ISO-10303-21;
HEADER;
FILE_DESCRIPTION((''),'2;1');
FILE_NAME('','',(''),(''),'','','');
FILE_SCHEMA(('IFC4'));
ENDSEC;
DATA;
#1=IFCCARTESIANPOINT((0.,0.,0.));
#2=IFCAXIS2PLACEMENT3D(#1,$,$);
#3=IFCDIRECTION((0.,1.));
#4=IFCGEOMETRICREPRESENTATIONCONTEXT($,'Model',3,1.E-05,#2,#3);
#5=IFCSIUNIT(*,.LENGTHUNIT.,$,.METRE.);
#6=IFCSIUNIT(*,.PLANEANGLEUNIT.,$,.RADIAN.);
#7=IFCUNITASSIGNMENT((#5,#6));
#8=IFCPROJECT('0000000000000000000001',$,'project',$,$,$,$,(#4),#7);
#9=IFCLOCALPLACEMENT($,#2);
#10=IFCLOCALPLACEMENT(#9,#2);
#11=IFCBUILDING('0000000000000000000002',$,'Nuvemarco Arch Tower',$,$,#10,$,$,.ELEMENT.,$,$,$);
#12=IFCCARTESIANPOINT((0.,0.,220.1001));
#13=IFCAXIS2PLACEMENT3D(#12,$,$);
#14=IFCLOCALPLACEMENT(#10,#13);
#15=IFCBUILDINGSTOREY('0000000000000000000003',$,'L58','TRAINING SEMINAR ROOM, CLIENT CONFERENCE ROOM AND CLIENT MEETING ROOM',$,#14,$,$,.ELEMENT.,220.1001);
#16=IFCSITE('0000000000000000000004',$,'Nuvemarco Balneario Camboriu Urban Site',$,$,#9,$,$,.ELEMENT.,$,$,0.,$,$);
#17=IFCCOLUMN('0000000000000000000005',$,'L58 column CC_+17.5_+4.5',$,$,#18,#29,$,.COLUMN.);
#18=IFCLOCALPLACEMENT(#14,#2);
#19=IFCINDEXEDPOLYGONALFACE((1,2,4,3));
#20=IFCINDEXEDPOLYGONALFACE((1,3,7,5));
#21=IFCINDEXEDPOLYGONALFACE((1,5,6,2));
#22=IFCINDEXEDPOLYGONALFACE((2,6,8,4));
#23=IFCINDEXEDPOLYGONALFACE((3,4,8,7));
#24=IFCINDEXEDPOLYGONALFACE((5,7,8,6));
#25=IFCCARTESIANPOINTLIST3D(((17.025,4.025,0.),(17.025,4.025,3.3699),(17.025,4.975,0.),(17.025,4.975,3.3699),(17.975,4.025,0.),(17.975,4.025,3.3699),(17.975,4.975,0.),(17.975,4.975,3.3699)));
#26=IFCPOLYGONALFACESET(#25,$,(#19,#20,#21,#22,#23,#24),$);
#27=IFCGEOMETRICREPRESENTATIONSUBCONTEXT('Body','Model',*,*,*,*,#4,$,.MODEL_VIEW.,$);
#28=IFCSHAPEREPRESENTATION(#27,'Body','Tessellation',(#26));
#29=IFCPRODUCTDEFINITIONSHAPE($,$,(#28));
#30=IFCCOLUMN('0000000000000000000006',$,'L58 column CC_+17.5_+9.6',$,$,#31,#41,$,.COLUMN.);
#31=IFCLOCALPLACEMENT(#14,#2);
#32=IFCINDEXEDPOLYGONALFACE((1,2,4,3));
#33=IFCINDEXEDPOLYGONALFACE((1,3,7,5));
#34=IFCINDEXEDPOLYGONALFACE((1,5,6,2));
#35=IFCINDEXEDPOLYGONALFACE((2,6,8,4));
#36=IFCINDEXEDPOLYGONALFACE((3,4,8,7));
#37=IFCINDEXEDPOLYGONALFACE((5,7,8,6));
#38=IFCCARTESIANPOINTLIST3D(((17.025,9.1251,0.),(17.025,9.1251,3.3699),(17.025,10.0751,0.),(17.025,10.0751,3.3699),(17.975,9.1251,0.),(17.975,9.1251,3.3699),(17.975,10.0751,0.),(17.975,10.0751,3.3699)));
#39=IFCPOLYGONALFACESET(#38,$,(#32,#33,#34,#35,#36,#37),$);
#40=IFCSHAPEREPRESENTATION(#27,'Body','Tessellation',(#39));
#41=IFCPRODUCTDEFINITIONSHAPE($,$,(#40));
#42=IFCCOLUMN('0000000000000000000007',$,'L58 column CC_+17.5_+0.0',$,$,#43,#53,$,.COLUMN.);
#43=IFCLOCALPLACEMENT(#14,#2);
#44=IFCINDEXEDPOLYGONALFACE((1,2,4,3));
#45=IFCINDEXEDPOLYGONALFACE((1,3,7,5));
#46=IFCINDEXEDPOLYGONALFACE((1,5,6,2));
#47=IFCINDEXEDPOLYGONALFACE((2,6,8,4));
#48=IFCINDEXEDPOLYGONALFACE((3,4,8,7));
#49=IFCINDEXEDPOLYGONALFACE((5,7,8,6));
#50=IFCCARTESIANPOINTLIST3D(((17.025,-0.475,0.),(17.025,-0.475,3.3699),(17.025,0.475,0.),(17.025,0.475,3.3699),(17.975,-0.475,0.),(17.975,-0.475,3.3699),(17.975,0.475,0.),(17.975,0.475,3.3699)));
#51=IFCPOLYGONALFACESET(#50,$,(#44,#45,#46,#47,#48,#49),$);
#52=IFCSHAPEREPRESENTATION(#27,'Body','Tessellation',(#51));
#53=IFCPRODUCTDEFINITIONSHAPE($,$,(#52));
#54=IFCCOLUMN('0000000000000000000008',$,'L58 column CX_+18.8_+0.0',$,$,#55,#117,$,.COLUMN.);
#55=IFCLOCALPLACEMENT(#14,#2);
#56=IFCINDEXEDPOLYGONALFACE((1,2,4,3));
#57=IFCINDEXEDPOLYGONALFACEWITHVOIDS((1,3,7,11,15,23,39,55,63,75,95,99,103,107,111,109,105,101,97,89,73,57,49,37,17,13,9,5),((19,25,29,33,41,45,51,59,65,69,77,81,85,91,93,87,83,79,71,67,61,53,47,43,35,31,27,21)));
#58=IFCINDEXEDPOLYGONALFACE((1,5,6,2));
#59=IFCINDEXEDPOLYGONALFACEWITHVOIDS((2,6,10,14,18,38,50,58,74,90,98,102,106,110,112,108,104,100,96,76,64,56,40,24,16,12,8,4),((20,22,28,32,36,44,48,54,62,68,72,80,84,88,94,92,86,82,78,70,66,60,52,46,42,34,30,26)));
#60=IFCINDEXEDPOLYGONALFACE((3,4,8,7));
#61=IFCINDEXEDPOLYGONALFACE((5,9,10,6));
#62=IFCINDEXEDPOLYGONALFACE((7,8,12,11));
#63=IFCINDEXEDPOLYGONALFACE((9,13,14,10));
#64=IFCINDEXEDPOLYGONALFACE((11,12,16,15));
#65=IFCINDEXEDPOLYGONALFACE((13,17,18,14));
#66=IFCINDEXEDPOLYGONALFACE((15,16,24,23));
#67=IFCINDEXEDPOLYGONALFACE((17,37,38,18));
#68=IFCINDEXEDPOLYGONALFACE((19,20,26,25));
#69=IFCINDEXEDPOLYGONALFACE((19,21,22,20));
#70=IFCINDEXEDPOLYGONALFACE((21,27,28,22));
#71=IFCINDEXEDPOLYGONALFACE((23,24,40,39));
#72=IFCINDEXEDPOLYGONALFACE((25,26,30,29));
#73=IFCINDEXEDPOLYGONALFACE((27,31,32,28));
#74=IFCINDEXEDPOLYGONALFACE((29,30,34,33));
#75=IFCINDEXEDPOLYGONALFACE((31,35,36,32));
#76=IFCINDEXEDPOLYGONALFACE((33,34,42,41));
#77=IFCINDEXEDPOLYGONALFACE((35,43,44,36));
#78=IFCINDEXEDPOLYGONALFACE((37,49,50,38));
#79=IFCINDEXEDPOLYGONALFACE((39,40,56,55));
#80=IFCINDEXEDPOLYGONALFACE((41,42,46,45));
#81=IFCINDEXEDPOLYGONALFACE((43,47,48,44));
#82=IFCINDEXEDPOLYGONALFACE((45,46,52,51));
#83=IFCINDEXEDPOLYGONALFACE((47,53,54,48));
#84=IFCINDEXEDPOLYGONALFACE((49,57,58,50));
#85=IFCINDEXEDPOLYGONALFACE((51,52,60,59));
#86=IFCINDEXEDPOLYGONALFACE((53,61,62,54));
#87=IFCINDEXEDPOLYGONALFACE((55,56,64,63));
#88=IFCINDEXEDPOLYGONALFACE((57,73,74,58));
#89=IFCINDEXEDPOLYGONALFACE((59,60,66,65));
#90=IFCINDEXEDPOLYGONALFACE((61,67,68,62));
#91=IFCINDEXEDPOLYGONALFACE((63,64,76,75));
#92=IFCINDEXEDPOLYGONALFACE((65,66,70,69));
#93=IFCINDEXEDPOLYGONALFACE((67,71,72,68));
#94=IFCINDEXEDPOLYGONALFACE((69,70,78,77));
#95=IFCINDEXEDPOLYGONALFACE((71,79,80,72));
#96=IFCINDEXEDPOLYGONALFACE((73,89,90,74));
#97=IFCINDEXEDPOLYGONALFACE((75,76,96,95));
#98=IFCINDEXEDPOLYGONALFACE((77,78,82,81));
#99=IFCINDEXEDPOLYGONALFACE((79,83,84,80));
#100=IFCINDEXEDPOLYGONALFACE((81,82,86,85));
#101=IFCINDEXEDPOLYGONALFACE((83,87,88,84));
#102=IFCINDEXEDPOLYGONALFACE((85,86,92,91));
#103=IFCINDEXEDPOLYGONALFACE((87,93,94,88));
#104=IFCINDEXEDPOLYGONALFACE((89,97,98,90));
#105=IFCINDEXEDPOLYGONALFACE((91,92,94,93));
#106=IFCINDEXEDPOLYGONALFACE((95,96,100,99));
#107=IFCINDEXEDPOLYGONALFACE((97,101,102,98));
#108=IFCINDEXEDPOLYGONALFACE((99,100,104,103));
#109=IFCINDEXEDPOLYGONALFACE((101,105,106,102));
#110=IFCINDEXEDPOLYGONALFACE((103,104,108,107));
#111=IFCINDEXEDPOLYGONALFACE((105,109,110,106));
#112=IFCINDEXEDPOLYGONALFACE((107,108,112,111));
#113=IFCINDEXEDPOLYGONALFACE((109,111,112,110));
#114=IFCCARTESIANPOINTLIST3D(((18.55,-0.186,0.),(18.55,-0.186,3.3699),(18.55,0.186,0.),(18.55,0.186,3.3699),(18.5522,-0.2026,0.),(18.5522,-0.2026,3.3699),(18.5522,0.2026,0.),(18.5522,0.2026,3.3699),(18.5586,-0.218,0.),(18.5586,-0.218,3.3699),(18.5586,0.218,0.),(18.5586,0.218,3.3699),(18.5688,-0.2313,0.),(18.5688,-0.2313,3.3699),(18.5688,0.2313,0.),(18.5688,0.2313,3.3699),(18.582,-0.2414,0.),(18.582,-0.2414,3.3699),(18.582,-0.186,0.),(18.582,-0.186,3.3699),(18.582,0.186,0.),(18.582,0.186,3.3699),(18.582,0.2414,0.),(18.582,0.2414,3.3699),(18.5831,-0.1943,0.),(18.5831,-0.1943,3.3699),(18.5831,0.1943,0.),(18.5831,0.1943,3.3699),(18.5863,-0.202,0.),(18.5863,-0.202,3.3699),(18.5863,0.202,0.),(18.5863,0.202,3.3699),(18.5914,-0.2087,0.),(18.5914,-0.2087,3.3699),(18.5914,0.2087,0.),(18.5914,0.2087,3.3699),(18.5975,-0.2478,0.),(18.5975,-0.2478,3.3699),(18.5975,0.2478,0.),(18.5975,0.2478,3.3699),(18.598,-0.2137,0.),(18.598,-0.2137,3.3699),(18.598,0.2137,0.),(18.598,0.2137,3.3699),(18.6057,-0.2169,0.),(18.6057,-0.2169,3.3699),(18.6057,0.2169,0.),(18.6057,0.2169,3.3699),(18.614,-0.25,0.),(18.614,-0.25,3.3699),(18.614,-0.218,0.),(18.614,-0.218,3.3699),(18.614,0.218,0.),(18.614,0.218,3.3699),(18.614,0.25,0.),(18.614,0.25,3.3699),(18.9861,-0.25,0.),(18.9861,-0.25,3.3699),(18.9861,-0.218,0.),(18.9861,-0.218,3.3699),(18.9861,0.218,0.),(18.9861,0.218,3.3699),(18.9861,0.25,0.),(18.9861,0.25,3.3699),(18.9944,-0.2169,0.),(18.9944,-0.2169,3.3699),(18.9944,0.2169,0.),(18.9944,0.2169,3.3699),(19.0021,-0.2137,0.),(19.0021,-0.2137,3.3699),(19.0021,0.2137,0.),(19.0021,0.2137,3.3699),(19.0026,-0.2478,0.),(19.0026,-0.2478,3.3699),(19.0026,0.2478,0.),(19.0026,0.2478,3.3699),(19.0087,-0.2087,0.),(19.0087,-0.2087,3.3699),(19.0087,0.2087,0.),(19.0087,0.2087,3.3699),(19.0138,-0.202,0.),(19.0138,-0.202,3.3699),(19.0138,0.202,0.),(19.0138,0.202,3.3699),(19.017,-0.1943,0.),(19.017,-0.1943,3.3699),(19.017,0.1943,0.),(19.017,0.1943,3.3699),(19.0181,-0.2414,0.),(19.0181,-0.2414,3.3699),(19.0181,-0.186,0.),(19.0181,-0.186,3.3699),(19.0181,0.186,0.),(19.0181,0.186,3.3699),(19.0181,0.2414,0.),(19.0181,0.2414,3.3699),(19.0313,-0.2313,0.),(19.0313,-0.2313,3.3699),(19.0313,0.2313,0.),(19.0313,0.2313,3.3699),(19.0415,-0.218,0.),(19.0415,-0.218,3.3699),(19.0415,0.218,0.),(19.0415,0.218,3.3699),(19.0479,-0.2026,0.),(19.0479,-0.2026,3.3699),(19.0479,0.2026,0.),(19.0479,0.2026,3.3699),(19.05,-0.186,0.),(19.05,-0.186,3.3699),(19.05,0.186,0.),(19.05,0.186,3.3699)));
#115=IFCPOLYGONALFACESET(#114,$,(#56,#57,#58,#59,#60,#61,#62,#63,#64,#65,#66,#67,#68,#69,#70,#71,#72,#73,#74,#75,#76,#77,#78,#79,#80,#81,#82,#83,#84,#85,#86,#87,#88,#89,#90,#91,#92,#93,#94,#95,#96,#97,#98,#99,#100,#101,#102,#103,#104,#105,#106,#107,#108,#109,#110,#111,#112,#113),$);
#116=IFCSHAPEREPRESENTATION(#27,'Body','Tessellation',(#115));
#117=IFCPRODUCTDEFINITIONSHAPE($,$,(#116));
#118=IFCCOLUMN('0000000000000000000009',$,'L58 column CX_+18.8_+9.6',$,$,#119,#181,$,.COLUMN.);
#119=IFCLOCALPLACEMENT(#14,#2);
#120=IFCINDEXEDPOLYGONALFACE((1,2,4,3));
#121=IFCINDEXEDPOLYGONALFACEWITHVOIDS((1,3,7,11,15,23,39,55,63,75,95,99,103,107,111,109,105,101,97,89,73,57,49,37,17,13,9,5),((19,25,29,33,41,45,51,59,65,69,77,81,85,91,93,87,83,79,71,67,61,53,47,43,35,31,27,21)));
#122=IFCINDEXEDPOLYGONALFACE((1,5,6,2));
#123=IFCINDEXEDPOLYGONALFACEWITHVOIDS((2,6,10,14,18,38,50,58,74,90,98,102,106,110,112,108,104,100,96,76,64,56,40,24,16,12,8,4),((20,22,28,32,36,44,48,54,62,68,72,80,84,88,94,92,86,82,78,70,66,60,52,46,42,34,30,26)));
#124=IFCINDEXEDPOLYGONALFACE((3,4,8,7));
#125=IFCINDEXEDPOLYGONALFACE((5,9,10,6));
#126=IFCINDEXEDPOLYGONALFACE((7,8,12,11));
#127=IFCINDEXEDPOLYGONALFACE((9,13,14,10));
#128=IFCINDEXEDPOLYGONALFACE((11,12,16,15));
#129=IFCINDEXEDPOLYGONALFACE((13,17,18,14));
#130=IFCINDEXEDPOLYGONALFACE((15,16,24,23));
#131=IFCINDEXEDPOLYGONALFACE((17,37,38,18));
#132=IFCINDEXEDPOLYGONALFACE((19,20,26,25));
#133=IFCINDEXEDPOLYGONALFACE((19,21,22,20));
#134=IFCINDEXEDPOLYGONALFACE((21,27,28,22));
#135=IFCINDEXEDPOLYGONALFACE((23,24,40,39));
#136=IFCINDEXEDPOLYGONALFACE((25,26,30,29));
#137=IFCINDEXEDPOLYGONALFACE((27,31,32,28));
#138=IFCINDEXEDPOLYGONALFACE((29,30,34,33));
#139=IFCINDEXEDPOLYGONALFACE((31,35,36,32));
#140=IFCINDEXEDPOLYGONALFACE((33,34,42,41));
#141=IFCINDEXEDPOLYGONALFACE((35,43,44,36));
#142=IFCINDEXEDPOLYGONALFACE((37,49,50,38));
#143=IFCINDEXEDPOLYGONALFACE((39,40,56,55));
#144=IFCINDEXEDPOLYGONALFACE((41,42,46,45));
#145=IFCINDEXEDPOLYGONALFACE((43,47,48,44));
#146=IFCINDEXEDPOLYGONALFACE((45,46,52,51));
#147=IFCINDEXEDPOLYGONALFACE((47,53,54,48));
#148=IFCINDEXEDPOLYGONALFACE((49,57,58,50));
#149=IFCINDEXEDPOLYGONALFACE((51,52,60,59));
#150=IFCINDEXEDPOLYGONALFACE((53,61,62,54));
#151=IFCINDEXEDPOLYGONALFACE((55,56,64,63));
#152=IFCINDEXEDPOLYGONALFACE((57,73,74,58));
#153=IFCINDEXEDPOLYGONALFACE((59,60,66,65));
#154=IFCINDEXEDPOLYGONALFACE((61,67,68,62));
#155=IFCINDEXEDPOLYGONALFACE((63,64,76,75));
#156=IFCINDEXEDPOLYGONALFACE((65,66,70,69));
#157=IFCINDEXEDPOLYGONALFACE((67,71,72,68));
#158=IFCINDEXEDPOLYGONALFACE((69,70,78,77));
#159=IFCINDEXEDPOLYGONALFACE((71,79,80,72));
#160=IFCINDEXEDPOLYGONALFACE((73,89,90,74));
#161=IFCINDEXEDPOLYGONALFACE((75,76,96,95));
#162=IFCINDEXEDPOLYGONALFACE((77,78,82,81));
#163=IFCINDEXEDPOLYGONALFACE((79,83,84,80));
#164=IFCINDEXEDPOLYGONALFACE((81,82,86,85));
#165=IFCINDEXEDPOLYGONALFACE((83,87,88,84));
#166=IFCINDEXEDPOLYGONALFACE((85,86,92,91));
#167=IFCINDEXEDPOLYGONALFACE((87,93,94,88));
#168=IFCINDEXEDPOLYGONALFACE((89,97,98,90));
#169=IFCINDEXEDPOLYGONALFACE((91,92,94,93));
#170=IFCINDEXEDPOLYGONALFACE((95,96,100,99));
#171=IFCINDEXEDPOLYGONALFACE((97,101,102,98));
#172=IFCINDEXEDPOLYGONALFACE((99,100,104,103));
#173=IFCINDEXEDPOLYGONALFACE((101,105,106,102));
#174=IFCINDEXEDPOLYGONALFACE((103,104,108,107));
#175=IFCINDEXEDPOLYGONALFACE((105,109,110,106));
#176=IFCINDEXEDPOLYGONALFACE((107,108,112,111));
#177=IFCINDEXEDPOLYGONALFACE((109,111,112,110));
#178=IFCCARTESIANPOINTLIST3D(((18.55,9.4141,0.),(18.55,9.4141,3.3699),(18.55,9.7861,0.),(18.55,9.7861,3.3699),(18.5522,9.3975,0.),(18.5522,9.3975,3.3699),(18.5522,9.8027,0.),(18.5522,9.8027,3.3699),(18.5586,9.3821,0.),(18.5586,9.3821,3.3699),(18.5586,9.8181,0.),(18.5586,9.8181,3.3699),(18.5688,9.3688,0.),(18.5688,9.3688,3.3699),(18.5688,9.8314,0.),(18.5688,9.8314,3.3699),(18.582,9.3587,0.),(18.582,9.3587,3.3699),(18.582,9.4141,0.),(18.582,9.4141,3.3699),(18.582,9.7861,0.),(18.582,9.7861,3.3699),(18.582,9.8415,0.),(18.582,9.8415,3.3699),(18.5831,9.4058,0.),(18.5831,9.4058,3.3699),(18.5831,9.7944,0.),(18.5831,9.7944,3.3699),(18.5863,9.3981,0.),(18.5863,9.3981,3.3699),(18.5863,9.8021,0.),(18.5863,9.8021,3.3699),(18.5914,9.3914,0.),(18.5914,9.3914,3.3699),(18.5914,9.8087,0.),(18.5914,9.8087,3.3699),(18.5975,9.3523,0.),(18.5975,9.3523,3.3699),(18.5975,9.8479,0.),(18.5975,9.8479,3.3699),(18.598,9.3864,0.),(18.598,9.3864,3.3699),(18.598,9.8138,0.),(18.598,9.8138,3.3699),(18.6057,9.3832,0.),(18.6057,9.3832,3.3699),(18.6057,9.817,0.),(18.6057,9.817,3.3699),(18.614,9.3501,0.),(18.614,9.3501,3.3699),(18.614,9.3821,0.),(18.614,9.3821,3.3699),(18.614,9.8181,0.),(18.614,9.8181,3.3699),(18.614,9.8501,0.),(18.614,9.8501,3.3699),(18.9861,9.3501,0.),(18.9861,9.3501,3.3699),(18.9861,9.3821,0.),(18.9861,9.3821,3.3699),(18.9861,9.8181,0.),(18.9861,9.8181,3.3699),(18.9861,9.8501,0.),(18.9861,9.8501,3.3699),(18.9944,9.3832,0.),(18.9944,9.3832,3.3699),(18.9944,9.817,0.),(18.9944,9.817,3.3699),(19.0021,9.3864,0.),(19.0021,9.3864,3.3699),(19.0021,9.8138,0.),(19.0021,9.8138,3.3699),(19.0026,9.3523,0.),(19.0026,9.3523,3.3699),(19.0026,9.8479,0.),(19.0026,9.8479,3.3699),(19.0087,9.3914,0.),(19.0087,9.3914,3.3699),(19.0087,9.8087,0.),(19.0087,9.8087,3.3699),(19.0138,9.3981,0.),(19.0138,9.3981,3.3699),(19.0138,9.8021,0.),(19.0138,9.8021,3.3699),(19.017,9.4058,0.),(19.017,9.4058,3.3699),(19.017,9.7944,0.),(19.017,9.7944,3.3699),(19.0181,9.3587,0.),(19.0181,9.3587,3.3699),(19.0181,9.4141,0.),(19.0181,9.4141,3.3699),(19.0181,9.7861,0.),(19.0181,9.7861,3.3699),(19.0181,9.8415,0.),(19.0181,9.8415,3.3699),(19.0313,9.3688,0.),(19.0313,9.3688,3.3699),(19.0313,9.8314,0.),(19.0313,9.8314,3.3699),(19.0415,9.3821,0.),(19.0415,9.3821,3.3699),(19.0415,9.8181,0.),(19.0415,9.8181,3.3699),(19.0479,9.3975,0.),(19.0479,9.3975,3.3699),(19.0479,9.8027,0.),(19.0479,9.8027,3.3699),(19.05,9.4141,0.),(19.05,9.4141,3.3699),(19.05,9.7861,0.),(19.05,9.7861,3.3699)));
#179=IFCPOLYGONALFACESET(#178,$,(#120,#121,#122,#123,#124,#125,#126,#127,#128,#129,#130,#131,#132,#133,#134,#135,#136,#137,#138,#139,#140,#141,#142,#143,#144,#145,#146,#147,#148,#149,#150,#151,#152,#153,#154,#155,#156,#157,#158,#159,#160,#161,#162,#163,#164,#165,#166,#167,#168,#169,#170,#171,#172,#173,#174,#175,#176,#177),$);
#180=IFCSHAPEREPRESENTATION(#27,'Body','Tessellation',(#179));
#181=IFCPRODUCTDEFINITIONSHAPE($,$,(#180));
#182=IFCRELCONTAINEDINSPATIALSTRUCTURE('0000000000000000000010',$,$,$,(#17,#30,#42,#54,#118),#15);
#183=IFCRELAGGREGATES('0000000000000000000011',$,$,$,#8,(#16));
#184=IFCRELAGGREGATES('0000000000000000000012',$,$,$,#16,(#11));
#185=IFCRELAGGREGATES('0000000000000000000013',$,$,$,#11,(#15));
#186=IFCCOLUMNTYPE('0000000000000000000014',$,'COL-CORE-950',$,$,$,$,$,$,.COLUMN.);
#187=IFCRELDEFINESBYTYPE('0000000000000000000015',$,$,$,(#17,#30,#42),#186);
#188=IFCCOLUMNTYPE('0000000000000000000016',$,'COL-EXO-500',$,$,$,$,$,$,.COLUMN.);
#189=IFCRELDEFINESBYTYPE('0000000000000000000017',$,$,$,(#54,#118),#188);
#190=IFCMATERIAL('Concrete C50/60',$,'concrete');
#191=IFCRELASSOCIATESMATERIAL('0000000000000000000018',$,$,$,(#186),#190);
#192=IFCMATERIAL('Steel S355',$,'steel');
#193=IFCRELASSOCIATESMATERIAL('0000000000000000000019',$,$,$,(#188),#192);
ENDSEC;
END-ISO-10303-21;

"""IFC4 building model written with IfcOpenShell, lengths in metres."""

from ifc_helpers import new_model, si_unit, direction, frame, origin, origin_2d, place, context, subcontext, project, spatial, rectangle, hollow_rectangle, extrude, material, material_profile, profile_set, type_object, element, save


model = new_model("IFC4")

# Units and contexts
model_context = context("Model", 3, precision=1e-05, world=origin(), true_north=direction((0.0, 1.0)))
body_context = subcontext(model_context, "Body", "Model", "MODEL_VIEW")
ifc_project = project(units=[si_unit("LENGTHUNIT", "METRE"), si_unit("PLANEANGLEUNIT", "RADIAN")], contexts=[model_context])

# Site, building, storey
site_placement = place(None, origin())
site = spatial("IfcSite", under=ifc_project, at=site_placement, Name="Nuvemarco Balneario Camboriu Urban Site", CompositionType="ELEMENT", RefElevation=0.0)
building_placement = place(site_placement, origin())
building = spatial("IfcBuilding", under=site, at=building_placement, Name="Nuvemarco Arch Tower", CompositionType="ELEMENT")
storey_placement = place(building_placement, frame((0.0, 0.0, 220.1001)))
storey = spatial("IfcBuildingStorey", under=building, at=storey_placement, Name="L58", Description="TRAINING SEMINAR ROOM, CLIENT CONFERENCE ROOM AND CLIENT MEETING ROOM", CompositionType="ELEMENT", Elevation=220.1001)

# Columns
ifc_material_1 = material(Name="Concrete C50/60", Category="concrete")
ifc_material_profile_1 = material_profile(ifc_material_1, rectangle(XDim=0.95, YDim=0.95, at=origin_2d()), Name="RC-COL-950x950")
ifc_profile_set_1 = profile_set([ifc_material_profile_1], Name="Concrete C50/60")
column_type_1 = type_object("IfcColumnType", Name="COL-CORE-950", PredefinedType="COLUMN", material=ifc_profile_set_1)
for number, where, z_axis, x_axis, name in (
    (1, (17.5, 4.5, 0.0), (0.0, 0.0, 1.0), (1.0, 0.0, 0.0), "L58 column CC_+17.5_+4.5"),
    (2, (17.5, 9.6001, 0.0), (0.0, 0.0, 1.0), (1.0, 0.0, 0.0), "L58 column CC_+17.5_+9.6"),
    (3, (17.5, 0.0, 0.0), (0.0, 0.0, 1.0), (1.0, 0.0, 0.0), "L58 column CC_+17.5_+0.0"),
):
    element("IfcColumn", number, at=place(storey_placement, frame(where, z_axis=z_axis, x_axis=x_axis)), inside=storey, type_object=column_type_1, Name=name, PredefinedType="COLUMN", context=body_context, shape_type="SweptSolid", body=[
        extrude(rectangle(XDim=0.95, YDim=0.95, at=origin_2d()), origin(), (0.0, 0.0, 1.0), 3.3699),
    ])
ifc_material_2 = material(Name="Steel S355", Category="steel")
ifc_material_profile_2 = material_profile(ifc_material_2, hollow_rectangle(XDim=0.5, YDim=0.5, WallThickness=0.032, InnerFilletRadius=0.032, OuterFilletRadius=0.064, at=origin_2d()), Name="SHS500x500x32")
ifc_profile_set_2 = profile_set([ifc_material_profile_2], Name="Steel S355")
column_type_2 = type_object("IfcColumnType", Name="COL-EXO-500", PredefinedType="COLUMN", material=ifc_profile_set_2)
for number, where, z_axis, x_axis, name in (
    (4, (18.8, 0.0, 0.0), (0.0, 0.0, 1.0), (1.0, 0.0, 0.0), "L58 column CX_+18.8_+0.0"),
    (5, (18.8, 9.6001, 0.0), (0.0, 0.0, 1.0), (1.0, 0.0, 0.0), "L58 column CX_+18.8_+9.6"),
):
    element("IfcColumn", number, at=place(storey_placement, frame(where, z_axis=z_axis, x_axis=x_axis)), inside=storey, type_object=column_type_2, Name=name, PredefinedType="COLUMN", context=body_context, shape_type="SweptSolid", body=[
        extrude(hollow_rectangle(XDim=0.5, YDim=0.5, WallThickness=0.032, InnerFilletRadius=0.032, OuterFilletRadius=0.064, at=origin_2d()), origin(), (0.0, 0.0, 1.0), 3.3699),
    ])

save(model, "model.ifc")
